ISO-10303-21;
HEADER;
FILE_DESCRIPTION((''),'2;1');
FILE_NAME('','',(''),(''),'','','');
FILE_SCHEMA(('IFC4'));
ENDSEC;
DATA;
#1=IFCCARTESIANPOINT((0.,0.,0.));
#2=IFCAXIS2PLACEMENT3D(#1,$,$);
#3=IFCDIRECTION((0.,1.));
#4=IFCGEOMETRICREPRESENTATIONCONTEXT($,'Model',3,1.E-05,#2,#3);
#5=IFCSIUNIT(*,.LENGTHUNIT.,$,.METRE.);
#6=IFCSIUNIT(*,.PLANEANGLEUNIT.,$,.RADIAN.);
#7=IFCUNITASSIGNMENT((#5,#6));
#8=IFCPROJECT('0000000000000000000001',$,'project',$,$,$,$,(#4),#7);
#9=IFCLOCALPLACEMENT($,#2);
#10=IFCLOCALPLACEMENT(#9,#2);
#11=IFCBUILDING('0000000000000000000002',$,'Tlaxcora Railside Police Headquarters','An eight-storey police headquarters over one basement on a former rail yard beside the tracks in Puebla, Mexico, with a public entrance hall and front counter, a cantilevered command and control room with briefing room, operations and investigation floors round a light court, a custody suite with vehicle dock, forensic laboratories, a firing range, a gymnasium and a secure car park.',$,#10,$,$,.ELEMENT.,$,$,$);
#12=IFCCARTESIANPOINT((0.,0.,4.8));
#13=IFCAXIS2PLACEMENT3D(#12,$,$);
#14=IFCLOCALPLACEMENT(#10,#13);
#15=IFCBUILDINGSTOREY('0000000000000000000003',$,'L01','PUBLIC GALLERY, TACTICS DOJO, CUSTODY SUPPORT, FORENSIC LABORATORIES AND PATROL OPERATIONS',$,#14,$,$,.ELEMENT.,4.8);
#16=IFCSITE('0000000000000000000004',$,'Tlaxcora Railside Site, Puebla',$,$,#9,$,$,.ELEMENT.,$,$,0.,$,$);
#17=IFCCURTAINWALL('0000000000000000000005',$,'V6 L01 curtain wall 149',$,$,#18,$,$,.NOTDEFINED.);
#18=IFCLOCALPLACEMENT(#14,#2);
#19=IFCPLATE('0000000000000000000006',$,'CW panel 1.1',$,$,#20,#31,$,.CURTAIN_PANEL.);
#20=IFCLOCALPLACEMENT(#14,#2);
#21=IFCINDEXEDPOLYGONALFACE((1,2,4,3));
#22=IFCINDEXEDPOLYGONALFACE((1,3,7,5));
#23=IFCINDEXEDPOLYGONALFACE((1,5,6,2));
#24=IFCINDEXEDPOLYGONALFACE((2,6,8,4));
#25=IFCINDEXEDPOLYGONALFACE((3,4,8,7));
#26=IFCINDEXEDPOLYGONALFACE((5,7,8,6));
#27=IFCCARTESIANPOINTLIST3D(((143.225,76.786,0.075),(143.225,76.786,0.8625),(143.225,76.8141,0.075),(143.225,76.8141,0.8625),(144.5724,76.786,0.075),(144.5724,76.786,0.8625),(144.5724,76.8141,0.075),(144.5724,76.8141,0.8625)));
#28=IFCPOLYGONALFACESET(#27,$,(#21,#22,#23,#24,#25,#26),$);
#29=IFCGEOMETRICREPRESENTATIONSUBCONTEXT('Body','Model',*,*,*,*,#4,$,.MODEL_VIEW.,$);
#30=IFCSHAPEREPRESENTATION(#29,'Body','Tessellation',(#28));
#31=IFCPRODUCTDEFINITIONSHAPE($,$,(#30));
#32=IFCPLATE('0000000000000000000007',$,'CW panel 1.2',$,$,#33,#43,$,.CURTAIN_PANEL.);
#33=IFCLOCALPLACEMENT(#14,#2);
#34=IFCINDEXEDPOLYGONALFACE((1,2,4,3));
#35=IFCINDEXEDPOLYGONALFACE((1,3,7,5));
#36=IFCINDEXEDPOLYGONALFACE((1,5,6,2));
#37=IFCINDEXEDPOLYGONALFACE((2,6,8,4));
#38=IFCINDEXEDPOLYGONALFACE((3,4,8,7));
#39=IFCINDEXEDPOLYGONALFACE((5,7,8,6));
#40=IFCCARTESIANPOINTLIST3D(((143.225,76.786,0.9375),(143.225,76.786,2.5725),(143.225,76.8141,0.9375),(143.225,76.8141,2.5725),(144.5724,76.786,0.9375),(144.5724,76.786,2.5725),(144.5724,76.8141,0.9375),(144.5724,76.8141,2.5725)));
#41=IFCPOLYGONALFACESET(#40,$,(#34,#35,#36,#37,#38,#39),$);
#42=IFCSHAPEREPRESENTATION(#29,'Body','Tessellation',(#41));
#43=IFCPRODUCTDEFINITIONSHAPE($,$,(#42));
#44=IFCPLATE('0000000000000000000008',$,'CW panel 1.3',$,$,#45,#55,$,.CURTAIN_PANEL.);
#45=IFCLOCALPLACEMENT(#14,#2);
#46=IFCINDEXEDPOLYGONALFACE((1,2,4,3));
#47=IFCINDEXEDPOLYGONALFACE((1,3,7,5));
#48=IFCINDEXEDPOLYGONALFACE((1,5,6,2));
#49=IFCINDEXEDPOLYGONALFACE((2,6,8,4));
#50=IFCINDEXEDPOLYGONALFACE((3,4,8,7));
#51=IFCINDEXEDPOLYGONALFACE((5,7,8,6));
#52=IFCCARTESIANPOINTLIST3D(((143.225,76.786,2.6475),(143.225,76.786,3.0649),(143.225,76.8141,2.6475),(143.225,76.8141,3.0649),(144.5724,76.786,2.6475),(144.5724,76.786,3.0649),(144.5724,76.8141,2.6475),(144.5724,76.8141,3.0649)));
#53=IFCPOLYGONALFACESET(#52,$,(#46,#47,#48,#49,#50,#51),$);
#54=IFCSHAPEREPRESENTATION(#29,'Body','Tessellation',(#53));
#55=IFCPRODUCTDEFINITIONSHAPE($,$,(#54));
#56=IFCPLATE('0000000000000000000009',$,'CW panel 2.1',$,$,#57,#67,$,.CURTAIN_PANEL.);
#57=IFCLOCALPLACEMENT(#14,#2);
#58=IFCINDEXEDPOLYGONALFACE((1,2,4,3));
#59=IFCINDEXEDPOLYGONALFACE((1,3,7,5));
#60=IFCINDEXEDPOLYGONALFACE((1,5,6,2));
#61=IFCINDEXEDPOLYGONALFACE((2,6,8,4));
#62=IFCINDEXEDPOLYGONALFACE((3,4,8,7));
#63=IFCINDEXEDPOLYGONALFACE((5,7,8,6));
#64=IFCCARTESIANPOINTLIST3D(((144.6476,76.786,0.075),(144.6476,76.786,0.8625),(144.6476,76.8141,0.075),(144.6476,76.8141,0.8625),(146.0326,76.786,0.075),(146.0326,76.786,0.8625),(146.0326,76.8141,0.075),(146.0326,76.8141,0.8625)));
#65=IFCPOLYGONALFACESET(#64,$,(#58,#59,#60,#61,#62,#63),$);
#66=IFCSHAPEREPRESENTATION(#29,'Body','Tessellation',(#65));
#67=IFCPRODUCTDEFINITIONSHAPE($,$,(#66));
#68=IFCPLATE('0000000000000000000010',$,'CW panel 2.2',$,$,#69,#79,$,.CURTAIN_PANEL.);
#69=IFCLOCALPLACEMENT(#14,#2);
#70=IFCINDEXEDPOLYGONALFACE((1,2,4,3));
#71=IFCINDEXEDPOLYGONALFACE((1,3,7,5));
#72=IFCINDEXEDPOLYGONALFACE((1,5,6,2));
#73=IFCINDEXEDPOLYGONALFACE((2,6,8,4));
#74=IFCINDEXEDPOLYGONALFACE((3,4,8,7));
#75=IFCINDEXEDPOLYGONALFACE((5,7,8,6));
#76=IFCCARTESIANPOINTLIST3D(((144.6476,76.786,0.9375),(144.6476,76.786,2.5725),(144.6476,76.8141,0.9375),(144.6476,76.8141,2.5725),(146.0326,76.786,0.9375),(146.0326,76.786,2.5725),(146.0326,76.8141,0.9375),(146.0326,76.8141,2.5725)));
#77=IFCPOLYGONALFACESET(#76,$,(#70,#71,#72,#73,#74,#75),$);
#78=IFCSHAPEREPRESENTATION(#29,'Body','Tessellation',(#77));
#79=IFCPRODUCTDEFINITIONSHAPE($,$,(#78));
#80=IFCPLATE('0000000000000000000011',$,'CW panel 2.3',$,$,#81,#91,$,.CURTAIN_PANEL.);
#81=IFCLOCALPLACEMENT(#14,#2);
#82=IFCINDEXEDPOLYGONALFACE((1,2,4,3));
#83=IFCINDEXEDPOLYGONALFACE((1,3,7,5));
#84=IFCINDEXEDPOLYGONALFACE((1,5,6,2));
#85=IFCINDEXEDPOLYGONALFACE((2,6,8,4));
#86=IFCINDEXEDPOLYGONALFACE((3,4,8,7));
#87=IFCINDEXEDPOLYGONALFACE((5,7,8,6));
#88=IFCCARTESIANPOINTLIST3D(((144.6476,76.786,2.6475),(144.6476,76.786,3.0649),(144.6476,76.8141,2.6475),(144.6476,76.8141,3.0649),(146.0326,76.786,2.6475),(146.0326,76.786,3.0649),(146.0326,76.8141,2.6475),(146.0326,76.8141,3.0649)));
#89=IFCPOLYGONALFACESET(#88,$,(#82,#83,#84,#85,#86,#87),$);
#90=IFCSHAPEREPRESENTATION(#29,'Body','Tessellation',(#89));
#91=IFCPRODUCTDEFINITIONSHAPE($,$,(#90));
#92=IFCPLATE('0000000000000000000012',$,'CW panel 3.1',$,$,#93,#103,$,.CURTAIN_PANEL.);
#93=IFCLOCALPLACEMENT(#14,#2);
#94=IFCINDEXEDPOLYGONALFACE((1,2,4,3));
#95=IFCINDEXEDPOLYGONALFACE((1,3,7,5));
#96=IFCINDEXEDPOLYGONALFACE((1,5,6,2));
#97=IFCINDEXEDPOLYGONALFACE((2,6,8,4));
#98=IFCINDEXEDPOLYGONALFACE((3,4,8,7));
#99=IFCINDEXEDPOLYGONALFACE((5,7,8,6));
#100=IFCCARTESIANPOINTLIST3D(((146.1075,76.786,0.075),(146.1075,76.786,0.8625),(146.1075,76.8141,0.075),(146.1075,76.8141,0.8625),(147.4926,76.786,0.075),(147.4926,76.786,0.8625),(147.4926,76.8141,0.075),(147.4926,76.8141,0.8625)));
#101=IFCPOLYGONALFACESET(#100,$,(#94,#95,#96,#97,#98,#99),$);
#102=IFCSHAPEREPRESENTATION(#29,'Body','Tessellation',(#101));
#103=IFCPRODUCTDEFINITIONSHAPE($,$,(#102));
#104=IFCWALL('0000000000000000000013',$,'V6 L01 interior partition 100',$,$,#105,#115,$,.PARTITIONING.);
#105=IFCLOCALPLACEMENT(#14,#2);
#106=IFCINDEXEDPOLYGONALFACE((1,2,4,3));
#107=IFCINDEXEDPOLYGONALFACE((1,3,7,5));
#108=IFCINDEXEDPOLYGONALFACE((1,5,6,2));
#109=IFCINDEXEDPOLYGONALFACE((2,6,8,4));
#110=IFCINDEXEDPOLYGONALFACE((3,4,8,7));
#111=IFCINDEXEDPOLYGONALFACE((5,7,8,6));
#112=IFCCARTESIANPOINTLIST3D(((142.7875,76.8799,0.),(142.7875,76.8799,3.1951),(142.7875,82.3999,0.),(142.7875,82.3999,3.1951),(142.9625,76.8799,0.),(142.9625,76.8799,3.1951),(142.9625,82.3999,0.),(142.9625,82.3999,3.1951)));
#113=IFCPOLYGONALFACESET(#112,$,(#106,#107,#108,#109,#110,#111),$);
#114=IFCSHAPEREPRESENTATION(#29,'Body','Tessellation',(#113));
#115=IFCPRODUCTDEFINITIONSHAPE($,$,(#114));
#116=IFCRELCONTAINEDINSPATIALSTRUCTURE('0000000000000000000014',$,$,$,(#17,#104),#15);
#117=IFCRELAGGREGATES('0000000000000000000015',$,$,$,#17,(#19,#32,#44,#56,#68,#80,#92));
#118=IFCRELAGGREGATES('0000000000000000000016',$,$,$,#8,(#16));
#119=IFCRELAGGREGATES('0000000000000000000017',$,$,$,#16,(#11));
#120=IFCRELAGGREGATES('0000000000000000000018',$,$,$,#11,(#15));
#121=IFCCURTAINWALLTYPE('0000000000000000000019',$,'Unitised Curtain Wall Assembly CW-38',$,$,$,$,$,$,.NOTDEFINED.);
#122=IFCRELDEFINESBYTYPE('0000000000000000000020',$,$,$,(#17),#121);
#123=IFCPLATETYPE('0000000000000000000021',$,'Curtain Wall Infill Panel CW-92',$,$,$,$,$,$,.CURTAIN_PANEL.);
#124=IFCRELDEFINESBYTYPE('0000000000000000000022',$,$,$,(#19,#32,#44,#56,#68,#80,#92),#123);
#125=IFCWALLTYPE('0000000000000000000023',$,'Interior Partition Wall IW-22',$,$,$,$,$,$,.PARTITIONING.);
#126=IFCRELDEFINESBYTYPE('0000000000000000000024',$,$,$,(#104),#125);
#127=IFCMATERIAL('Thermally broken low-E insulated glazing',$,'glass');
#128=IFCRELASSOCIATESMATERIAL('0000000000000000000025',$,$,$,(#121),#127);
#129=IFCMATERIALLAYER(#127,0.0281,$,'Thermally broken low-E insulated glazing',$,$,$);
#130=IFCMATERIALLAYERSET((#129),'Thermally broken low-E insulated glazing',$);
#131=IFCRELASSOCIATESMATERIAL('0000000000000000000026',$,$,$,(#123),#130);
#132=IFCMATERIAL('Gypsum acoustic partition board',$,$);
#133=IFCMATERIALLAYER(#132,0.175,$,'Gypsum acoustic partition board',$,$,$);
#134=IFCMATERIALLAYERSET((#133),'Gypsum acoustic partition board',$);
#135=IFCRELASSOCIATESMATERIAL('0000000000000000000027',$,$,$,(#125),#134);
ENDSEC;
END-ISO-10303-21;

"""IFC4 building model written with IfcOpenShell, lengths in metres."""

from ifc_helpers import new_model, si_unit, direction, frame, frame_2d, origin, origin_2d, place, context, subcontext, project, spatial, rectangle, extrude, material, layer, layer_set, type_object, element, aggregate, save


model = new_model("IFC4")

# Units and contexts
model_context = context("Model", 3, precision=1e-05, world=origin(), true_north=direction((0.0, 1.0)))
body_context = subcontext(model_context, "Body", "Model", "MODEL_VIEW")
ifc_project = project(units=[si_unit("LENGTHUNIT", "METRE"), si_unit("PLANEANGLEUNIT", "RADIAN")], contexts=[model_context])

# Site, building, storey
site_placement = place(None, origin())
site = spatial("IfcSite", under=ifc_project, at=site_placement, Name="Tlaxcora Railside Site, Puebla", CompositionType="ELEMENT", RefElevation=0.0)
building_placement = place(site_placement, origin())
building = spatial("IfcBuilding", under=site, at=building_placement, Name="Tlaxcora Railside Police Headquarters", Description="An eight-storey police headquarters over one basement on a former rail yard beside the tracks in Puebla, Mexico, with a public entrance hall and front counter, a cantilevered command and control room with briefing room, operations and investigation floors round a light court, a custody suite with vehicle dock, forensic laboratories, a firing range, a gymnasium and a secure car park.", CompositionType="ELEMENT")
storey_placement = place(building_placement, frame((0.0, 0.0, 4.8)))
storey = spatial("IfcBuildingStorey", under=building, at=storey_placement, Name="L01", Description="PUBLIC GALLERY, TACTICS DOJO, CUSTODY SUPPORT, FORENSIC LABORATORIES AND PATROL OPERATIONS", CompositionType="ELEMENT", Elevation=4.8)

# Curtain wall, plates
ifc_material_1 = material(Name="Thermally broken low-E insulated glazing", Category="glass")
curtain_wall_type = type_object("IfcCurtainWallType", Name="Unitised Curtain Wall Assembly CW-38", PredefinedType="NOTDEFINED", material=ifc_material_1)
curtain_wall_placement = place(storey_placement, origin())
curtain_wall = element("IfcCurtainWall", 1, at=curtain_wall_placement, inside=storey, type_object=curtain_wall_type, Name="V6 L01 curtain wall 149", PredefinedType="NOTDEFINED")
ifc_layer_1 = layer(ifc_material_1, 0.0281, Name="Thermally broken low-E insulated glazing")
ifc_layer_set_1 = layer_set([ifc_layer_1], Name="Thermally broken low-E insulated glazing")
plate_type = type_object("IfcPlateType", Name="Curtain Wall Infill Panel CW-92", PredefinedType="CURTAIN_PANEL", material=ifc_layer_set_1)
plate_1_placement = place(storey_placement, frame((143.8987, 76.8, 0.075), z_axis=(0.0, 0.0, 1.0), x_axis=(1.0, 0.0, 0.0)))
plate_1 = element("IfcPlate", 2, at=plate_1_placement, type_object=plate_type, Name="CW panel 1.1", PredefinedType="CURTAIN_PANEL", context=body_context, shape_type="SweptSolid", body=[
    extrude(rectangle(XDim=1.3474, YDim=0.0281, at=origin_2d()), origin(), (0.0, 0.0, 1.0), 0.7876),
])
plate_2_placement = place(storey_placement, frame((143.8987, 76.8, 0.9375), z_axis=(0.0, 0.0, 1.0), x_axis=(1.0, 0.0, 0.0)))
plate_2 = element("IfcPlate", 3, at=plate_2_placement, type_object=plate_type, Name="CW panel 1.2", PredefinedType="CURTAIN_PANEL", context=body_context, shape_type="SweptSolid", body=[
    extrude(rectangle(XDim=1.3474, YDim=0.0281, at=origin_2d()), origin(), (0.0, 0.0, 1.0), 1.635),
])
plate_3_placement = place(storey_placement, frame((143.8987, 76.8, 2.6475), z_axis=(0.0, 0.0, 1.0), x_axis=(1.0, 0.0, 0.0)))
plate_3 = element("IfcPlate", 4, at=plate_3_placement, type_object=plate_type, Name="CW panel 1.3", PredefinedType="CURTAIN_PANEL", context=body_context, shape_type="SweptSolid", body=[
    extrude(rectangle(XDim=1.3474, YDim=0.0281, at=origin_2d()), origin(), (0.0, 0.0, 1.0), 0.4175),
])
plate_4_placement = place(storey_placement, frame((145.3401, 76.8, 0.075), z_axis=(0.0, 0.0, 1.0), x_axis=(1.0, 0.0, 0.0)))
plate_4 = element("IfcPlate", 5, at=plate_4_placement, type_object=plate_type, Name="CW panel 2.1", PredefinedType="CURTAIN_PANEL", context=body_context, shape_type="SweptSolid", body=[
    extrude(rectangle(XDim=1.385, YDim=0.0281, at=origin_2d()), origin(), (0.0, 0.0, 1.0), 0.7876),
])
plate_5_placement = place(storey_placement, frame((145.3401, 76.8, 0.9375), z_axis=(0.0, 0.0, 1.0), x_axis=(1.0, 0.0, 0.0)))
plate_5 = element("IfcPlate", 6, at=plate_5_placement, type_object=plate_type, Name="CW panel 2.2", PredefinedType="CURTAIN_PANEL", context=body_context, shape_type="SweptSolid", body=[
    extrude(rectangle(XDim=1.385, YDim=0.0281, at=origin_2d()), origin(), (0.0, 0.0, 1.0), 1.635),
])
plate_6_placement = place(storey_placement, frame((145.3401, 76.8, 2.6475), z_axis=(0.0, 0.0, 1.0), x_axis=(1.0, 0.0, 0.0)))
plate_6 = element("IfcPlate", 7, at=plate_6_placement, type_object=plate_type, Name="CW panel 2.3", PredefinedType="CURTAIN_PANEL", context=body_context, shape_type="SweptSolid", body=[
    extrude(rectangle(XDim=1.385, YDim=0.0281, at=origin_2d()), origin(), (0.0, 0.0, 1.0), 0.4175),
])
plate_7_placement = place(storey_placement, frame((146.8, 76.8, 0.075), z_axis=(0.0, 0.0, 1.0), x_axis=(1.0, 0.0, 0.0)))
plate_7 = element("IfcPlate", 8, at=plate_7_placement, type_object=plate_type, Name="CW panel 3.1", PredefinedType="CURTAIN_PANEL", context=body_context, shape_type="SweptSolid", body=[
    extrude(rectangle(XDim=1.385, YDim=0.0281, at=origin_2d()), origin(), (0.0, 0.0, 1.0), 0.7876),
])
aggregate(curtain_wall, [plate_1, plate_2, plate_3, plate_4, plate_5, plate_6, plate_7])

# Wall
ifc_material_2 = material(Name="Gypsum acoustic partition board")
ifc_layer_2 = layer(ifc_material_2, 0.175, Name="Gypsum acoustic partition board")
ifc_layer_set_2 = layer_set([ifc_layer_2], Name="Gypsum acoustic partition board")
wall_type = type_object("IfcWallType", Name="Interior Partition Wall IW-22", PredefinedType="PARTITIONING", material=ifc_layer_set_2)
wall_placement = place(storey_placement, frame((142.875, 76.8799, 0.0), z_axis=(0.0, 0.0, 1.0), x_axis=(0.0, 1.0, 0.0)))
element("IfcWall", 9, at=wall_placement, inside=storey, type_object=wall_type, Name="V6 L01 interior partition 100", PredefinedType="PARTITIONING", context=body_context, shape_type="SweptSolid", body=[
    extrude(rectangle(XDim=5.52, YDim=0.175, at=frame_2d((2.76, 0.0))), origin(), (0.0, 0.0, 1.0), 3.1951),
])

save(model, "model.ifc")
